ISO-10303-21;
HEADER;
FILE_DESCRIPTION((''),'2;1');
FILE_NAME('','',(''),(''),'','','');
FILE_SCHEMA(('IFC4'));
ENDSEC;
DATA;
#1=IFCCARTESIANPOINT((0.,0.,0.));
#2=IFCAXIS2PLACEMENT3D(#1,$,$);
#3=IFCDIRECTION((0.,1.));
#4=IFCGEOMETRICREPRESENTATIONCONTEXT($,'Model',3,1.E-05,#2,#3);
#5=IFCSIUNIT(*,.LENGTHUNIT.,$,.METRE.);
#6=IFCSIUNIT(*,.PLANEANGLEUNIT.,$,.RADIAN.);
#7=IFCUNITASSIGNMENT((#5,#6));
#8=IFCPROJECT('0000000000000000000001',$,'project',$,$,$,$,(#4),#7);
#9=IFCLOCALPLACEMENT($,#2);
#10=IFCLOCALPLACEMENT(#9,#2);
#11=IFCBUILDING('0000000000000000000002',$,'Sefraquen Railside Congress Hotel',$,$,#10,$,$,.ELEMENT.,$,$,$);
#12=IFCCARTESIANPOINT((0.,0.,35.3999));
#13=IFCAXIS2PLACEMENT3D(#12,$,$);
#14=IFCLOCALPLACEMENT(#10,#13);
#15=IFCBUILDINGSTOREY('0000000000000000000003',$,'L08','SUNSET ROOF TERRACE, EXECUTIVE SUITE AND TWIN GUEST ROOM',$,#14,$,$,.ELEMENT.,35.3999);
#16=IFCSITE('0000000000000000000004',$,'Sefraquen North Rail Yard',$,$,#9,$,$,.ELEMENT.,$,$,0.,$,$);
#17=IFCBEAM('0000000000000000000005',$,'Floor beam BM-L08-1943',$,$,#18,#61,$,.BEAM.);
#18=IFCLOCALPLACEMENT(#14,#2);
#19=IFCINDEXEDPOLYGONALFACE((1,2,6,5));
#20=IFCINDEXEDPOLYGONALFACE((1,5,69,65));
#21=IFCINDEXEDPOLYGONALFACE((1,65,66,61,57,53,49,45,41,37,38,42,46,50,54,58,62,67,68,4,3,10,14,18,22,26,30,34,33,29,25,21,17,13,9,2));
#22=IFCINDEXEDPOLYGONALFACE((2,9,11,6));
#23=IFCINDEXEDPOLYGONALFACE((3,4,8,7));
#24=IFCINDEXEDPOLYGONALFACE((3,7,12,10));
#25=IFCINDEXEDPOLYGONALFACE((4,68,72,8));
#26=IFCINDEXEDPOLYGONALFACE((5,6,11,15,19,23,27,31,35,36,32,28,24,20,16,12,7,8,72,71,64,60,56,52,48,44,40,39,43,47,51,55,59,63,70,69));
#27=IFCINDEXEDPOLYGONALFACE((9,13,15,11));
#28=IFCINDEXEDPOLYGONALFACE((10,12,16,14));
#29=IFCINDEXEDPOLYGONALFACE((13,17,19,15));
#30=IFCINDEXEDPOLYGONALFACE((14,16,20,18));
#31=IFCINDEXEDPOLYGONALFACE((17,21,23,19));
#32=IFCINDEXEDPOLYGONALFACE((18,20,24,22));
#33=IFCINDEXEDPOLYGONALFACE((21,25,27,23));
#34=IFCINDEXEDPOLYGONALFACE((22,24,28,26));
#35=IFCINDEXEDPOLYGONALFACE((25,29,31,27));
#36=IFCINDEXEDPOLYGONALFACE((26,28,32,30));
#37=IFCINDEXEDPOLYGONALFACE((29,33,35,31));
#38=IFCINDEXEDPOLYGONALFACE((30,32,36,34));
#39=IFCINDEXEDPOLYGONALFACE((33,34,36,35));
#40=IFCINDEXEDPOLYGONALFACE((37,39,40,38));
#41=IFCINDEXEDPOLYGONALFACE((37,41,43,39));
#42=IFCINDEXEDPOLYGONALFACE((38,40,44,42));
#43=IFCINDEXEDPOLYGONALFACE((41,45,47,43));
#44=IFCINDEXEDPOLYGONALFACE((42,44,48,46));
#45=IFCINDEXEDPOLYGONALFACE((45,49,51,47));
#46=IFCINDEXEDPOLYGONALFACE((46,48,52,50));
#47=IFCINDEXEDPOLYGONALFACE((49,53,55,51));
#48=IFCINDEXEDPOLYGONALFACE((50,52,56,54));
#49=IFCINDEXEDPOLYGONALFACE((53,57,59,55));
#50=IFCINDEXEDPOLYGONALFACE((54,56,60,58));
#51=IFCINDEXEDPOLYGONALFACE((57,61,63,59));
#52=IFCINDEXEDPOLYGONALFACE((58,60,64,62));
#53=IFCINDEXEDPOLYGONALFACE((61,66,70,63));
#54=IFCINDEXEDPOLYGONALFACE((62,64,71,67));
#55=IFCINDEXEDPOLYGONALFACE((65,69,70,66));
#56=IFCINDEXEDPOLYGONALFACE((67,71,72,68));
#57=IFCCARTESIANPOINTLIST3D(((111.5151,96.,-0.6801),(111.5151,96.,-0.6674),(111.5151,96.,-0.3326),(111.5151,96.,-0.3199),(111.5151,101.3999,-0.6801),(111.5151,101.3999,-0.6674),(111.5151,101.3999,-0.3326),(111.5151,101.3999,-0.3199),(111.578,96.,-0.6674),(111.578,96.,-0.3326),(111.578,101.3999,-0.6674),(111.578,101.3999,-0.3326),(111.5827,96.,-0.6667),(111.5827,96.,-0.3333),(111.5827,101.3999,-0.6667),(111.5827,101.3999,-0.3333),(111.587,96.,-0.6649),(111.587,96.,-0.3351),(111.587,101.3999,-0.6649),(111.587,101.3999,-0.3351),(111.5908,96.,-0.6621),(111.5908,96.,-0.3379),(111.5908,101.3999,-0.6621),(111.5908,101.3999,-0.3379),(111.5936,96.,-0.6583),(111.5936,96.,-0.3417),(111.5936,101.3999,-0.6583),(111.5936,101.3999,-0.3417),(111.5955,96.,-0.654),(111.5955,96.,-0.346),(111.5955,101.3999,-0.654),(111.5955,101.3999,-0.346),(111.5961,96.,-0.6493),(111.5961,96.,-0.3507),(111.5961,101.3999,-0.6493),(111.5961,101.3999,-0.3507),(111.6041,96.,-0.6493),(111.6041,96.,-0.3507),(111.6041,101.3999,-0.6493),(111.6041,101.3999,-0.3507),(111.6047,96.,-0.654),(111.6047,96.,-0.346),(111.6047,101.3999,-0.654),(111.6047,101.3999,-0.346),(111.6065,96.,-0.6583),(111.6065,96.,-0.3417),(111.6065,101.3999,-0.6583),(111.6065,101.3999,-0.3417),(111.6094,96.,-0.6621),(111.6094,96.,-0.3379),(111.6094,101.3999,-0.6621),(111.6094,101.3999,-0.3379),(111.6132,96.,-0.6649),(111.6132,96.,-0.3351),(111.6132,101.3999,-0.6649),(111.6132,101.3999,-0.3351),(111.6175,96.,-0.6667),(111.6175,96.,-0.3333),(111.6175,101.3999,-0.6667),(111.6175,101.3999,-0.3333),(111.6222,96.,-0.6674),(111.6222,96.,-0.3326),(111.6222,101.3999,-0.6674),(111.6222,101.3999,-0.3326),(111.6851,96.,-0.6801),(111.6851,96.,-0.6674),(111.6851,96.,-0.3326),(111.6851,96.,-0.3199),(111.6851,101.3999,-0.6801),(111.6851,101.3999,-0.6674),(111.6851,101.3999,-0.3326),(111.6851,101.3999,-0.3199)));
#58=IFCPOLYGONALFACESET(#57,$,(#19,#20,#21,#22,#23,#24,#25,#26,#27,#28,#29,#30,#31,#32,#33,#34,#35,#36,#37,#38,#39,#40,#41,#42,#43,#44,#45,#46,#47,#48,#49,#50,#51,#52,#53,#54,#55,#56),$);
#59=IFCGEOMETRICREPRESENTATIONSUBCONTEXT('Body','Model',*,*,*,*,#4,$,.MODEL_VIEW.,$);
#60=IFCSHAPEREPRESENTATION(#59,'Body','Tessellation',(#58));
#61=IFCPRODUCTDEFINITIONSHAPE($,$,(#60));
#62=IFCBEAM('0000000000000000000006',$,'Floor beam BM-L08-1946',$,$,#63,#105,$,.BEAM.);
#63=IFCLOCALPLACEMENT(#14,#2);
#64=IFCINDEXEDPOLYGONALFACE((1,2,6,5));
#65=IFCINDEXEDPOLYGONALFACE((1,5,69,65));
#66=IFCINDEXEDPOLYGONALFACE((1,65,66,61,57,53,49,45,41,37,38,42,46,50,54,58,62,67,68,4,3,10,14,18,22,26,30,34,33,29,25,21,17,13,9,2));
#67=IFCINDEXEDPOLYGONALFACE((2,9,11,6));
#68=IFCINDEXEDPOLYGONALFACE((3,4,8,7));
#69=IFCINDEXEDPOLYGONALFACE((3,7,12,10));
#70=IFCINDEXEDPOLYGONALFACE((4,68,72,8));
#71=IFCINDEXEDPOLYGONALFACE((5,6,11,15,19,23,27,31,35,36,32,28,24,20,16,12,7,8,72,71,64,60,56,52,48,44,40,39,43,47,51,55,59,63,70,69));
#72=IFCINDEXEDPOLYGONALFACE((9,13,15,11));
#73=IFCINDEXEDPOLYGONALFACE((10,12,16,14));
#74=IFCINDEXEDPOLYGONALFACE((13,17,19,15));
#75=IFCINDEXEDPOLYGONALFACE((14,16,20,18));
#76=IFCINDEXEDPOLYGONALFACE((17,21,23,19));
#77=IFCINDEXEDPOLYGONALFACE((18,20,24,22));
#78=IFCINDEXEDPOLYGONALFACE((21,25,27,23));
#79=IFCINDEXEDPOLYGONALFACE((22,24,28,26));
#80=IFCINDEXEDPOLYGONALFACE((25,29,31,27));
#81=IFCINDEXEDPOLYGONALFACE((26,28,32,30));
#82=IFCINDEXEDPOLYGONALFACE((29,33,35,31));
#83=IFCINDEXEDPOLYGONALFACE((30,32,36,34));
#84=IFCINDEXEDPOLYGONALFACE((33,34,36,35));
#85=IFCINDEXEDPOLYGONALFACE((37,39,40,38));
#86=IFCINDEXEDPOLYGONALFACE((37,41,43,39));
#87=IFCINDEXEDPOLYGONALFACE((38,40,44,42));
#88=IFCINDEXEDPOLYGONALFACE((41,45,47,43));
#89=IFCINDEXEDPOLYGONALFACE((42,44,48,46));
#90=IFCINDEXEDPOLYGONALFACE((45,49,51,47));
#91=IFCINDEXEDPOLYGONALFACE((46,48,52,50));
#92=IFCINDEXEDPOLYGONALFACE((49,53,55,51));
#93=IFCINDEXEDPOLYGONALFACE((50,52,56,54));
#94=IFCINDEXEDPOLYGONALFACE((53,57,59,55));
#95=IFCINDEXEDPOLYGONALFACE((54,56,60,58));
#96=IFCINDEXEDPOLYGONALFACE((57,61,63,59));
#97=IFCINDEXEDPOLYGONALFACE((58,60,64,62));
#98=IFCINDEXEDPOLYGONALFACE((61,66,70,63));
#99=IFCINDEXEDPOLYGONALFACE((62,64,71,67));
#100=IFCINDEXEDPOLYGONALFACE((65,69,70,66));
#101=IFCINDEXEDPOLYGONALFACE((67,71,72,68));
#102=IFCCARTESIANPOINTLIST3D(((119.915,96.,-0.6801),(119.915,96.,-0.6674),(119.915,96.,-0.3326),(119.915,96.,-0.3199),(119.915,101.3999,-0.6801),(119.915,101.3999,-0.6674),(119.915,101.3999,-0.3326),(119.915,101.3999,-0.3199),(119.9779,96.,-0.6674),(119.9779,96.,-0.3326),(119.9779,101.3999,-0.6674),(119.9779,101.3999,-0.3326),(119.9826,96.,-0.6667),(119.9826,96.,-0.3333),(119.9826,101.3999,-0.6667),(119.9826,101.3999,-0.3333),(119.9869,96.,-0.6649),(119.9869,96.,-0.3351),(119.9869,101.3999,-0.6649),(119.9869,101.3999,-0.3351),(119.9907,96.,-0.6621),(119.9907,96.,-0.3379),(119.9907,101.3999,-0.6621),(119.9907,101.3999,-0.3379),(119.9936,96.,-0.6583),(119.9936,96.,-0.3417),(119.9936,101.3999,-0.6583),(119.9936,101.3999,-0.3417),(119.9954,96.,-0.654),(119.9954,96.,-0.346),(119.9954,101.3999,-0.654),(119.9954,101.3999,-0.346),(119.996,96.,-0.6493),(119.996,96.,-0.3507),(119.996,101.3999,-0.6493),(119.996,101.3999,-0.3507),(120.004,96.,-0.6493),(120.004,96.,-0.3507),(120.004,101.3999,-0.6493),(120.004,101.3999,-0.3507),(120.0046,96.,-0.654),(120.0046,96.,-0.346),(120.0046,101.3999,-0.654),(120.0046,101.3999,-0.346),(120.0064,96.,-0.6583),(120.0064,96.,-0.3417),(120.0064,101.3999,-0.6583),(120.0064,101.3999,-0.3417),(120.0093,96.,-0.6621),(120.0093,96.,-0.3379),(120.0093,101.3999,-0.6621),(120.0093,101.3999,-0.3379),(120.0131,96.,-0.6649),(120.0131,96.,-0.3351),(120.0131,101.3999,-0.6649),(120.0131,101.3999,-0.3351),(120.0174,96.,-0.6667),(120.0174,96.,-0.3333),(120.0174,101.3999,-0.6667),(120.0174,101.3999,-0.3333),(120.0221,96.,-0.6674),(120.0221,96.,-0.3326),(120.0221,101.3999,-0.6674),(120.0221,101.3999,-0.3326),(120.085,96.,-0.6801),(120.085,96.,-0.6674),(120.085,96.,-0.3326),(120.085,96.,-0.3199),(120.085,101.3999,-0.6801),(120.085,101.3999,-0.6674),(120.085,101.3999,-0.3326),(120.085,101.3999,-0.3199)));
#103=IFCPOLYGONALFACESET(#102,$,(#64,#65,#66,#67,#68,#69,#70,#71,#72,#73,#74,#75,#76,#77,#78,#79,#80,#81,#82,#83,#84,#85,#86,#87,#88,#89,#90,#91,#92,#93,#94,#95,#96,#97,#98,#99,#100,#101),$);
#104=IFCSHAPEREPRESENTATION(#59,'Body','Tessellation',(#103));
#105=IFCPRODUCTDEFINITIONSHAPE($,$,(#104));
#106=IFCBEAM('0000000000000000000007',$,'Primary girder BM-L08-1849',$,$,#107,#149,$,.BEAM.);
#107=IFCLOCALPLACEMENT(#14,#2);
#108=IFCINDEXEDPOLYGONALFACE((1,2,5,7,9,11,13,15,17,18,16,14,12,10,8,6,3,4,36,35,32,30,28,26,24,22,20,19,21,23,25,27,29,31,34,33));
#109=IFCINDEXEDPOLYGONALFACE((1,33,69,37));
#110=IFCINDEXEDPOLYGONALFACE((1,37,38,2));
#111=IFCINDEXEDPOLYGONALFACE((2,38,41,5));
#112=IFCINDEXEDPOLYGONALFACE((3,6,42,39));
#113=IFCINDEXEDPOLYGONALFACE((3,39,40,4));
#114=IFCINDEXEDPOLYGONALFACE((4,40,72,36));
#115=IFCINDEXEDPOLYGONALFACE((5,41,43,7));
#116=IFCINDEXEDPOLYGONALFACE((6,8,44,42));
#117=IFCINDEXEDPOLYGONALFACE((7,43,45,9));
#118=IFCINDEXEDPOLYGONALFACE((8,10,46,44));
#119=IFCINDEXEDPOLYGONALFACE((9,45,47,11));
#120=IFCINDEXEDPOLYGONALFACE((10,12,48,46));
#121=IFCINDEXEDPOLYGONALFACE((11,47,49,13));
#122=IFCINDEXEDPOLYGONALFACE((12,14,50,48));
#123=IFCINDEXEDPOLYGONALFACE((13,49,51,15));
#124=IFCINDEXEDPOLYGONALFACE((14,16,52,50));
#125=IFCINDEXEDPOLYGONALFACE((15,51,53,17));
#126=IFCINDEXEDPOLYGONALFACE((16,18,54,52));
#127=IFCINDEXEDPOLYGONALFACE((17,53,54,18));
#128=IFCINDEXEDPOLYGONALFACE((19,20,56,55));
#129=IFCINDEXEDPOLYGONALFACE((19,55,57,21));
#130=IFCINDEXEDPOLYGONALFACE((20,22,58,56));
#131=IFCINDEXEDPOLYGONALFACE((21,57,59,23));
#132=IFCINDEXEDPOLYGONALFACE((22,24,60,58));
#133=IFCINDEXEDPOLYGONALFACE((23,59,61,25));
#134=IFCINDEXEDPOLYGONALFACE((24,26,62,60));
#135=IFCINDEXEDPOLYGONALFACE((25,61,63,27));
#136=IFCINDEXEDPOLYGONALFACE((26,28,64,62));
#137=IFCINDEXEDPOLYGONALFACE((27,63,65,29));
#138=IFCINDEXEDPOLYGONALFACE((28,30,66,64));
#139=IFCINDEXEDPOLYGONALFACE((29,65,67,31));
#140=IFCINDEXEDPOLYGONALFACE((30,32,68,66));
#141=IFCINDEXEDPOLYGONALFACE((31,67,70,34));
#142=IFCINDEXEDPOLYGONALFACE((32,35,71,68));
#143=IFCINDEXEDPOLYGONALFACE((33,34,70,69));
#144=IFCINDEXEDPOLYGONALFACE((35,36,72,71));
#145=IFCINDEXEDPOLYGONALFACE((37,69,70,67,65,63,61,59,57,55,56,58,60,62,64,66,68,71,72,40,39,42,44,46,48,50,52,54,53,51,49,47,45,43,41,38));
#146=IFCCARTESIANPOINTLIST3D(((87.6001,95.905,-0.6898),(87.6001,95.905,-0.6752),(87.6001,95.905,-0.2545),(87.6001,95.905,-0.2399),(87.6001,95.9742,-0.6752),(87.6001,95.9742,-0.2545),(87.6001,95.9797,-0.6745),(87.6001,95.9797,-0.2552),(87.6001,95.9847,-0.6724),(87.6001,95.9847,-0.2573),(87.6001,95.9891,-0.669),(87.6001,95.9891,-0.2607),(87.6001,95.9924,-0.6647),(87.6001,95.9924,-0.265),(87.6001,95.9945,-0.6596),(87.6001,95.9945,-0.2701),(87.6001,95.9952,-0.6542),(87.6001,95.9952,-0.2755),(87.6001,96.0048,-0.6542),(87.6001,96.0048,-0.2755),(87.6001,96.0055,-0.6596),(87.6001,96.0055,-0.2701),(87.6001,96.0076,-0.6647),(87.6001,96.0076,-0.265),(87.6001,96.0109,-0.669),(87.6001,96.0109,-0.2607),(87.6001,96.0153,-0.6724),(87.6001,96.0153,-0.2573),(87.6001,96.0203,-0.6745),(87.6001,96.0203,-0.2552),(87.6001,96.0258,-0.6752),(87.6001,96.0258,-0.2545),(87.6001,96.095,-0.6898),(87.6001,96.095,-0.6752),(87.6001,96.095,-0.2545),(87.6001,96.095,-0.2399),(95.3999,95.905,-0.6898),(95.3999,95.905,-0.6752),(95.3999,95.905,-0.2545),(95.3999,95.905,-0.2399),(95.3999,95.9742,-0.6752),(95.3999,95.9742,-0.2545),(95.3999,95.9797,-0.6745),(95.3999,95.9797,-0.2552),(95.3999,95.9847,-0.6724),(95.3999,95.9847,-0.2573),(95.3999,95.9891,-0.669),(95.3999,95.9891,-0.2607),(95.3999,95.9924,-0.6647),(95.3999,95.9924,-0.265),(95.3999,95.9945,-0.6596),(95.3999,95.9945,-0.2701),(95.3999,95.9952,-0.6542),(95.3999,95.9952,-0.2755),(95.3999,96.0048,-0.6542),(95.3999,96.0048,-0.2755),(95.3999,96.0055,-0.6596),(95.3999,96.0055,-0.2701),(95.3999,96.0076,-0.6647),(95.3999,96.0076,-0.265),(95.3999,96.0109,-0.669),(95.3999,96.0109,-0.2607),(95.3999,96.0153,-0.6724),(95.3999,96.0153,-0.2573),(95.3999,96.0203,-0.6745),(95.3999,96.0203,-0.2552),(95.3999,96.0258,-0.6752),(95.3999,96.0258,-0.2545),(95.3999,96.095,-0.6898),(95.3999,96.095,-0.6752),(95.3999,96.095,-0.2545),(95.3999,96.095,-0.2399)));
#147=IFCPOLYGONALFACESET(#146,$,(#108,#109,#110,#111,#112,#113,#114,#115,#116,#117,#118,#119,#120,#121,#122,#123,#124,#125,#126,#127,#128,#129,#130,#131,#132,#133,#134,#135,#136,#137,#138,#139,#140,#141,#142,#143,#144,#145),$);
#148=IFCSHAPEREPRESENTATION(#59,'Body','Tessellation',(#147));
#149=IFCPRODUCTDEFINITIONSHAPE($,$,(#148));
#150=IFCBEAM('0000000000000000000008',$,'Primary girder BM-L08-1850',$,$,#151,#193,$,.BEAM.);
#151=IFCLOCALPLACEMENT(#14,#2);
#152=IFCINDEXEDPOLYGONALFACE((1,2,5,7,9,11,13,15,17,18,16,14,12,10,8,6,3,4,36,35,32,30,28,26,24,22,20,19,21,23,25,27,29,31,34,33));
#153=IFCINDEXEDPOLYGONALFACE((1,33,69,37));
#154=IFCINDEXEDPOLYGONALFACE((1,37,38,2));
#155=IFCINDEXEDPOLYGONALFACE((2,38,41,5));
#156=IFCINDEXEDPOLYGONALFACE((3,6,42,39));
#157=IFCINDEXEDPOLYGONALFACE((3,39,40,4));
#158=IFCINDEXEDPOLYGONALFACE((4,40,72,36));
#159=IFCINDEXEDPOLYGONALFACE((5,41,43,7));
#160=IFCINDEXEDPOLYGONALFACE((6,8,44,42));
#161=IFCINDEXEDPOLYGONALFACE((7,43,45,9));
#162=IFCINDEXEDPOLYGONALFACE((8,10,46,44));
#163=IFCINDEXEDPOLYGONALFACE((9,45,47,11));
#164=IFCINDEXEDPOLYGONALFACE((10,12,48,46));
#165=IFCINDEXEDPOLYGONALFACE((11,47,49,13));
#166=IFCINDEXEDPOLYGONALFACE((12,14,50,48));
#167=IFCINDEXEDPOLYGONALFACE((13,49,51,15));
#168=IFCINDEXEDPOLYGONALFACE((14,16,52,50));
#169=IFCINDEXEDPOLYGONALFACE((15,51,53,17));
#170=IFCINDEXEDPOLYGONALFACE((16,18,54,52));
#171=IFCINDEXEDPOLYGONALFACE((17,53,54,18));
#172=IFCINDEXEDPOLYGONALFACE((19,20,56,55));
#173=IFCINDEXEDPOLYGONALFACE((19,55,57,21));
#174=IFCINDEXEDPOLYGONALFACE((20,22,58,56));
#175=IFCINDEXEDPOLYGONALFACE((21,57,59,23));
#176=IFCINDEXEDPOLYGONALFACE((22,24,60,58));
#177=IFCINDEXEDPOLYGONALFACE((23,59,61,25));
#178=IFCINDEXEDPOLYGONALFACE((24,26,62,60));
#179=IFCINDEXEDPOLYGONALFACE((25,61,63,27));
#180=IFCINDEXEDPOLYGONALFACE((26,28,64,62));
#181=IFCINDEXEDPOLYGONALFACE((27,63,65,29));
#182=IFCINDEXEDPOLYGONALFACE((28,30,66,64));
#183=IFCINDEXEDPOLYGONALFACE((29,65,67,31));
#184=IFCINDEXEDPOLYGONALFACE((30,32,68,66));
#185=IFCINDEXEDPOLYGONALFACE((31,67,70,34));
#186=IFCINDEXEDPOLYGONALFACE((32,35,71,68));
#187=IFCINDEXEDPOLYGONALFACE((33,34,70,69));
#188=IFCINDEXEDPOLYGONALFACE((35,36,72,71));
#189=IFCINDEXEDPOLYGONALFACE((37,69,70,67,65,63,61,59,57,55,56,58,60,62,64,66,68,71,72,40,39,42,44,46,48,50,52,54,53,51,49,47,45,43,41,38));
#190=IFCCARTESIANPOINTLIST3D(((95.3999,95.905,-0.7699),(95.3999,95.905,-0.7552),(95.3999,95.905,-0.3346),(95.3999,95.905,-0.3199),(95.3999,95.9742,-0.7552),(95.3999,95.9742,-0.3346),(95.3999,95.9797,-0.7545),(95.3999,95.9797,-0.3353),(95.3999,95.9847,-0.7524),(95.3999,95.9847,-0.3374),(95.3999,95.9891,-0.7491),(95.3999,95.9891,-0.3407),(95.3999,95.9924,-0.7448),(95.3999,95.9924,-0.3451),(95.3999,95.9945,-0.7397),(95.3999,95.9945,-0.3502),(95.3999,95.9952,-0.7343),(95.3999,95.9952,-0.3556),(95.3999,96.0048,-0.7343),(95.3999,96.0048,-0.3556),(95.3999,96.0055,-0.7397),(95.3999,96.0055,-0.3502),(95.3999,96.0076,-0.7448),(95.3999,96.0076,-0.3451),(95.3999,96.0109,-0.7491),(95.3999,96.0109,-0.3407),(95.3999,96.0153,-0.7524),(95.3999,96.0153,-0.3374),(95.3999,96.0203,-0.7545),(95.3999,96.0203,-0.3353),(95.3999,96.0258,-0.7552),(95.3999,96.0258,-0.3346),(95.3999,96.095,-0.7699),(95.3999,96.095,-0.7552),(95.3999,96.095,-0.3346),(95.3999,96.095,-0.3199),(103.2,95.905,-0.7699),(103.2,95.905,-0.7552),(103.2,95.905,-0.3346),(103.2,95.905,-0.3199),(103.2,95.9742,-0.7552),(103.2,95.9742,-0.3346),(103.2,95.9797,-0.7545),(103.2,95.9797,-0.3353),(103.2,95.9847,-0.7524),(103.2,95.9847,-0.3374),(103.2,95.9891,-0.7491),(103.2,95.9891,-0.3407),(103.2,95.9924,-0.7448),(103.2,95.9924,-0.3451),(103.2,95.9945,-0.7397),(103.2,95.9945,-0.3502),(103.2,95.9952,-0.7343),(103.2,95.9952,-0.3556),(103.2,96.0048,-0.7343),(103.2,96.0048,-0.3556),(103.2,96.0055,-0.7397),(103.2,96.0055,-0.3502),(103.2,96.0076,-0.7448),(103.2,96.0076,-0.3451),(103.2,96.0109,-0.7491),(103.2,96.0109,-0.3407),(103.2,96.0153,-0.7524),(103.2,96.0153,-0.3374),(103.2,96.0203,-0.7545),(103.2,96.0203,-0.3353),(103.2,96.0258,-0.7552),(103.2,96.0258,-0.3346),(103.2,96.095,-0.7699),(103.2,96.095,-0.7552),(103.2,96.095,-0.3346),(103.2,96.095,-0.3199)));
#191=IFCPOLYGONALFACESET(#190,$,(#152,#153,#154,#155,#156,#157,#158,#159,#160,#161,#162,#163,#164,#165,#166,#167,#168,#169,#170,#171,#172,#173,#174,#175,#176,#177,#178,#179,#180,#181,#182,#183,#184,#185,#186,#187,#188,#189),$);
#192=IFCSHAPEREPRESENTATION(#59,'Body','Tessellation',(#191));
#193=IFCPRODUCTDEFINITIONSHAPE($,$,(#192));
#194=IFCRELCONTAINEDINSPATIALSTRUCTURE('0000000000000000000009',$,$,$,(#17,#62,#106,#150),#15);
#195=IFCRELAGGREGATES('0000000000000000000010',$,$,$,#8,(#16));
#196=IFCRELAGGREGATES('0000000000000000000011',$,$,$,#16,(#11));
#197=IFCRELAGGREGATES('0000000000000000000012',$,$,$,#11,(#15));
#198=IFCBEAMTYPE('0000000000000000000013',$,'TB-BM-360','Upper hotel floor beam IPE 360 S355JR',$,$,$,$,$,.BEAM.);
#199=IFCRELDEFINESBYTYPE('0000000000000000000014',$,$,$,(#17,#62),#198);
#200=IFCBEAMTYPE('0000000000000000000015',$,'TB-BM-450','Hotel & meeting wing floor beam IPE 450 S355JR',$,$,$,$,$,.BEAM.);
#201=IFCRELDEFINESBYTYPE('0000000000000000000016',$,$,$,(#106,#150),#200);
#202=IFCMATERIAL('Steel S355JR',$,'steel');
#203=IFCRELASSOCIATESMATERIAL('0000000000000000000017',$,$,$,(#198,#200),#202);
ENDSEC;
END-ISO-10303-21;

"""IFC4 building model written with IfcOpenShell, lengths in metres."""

from ifc_helpers import new_model, si_unit, direction, frame, origin, origin_2d, place, context, subcontext, project, spatial, i_section, extrude, material, material_profile, profile_set, type_object, element, save


model = new_model("IFC4")

# Units and contexts
model_context = context("Model", 3, precision=1e-05, world=origin(), true_north=direction((0.0, 1.0)))
body_context = subcontext(model_context, "Body", "Model", "MODEL_VIEW")
ifc_project = project(units=[si_unit("LENGTHUNIT", "METRE"), si_unit("PLANEANGLEUNIT", "RADIAN")], contexts=[model_context])

# Site, building, storey
site_placement = place(None, origin())
site = spatial("IfcSite", under=ifc_project, at=site_placement, Name="Sefraquen North Rail Yard", CompositionType="ELEMENT", RefElevation=0.0)
building_placement = place(site_placement, origin())
building = spatial("IfcBuilding", under=site, at=building_placement, Name="Sefraquen Railside Congress Hotel", CompositionType="ELEMENT")
storey_placement = place(building_placement, frame((0.0, 0.0, 35.3999)))
storey = spatial("IfcBuildingStorey", under=building, at=storey_placement, Name="L08", Description="SUNSET ROOF TERRACE, EXECUTIVE SUITE AND TWIN GUEST ROOM", CompositionType="ELEMENT", Elevation=35.3999)

# Shared definitions
ifc_material_1 = material(Name="Steel S355JR", Category="steel")

# Beams
ifc_material_profile_1 = material_profile(ifc_material_1, i_section(OverallWidth=0.1699, OverallDepth=0.3601, WebThickness=0.0081, FlangeThickness=0.0127, FilletRadius=0.0181, at=origin_2d()), Name="IPE 360")
ifc_profile_set_1 = profile_set([ifc_material_profile_1], Name="Steel S355JR")
beam_type_1 = type_object("IfcBeamType", Name="TB-BM-360", Description="Upper hotel floor beam IPE 360 S355JR", PredefinedType="BEAM", material=ifc_profile_set_1)
for number, where, z_axis, x_axis, name in (
    (1, (111.6001, 96.0, -0.5), (0.0, 1.0, 0.0), (-1.0, 0.0, 0.0), "Floor beam BM-L08-1943"),
    (2, (120.0, 96.0, -0.5), (0.0, 1.0, 0.0), (-1.0, 0.0, 0.0), "Floor beam BM-L08-1946"),
):
    element("IfcBeam", number, at=place(storey_placement, frame(where, z_axis=z_axis, x_axis=x_axis)), inside=storey, type_object=beam_type_1, Name=name, PredefinedType="BEAM", context=body_context, shape_type="SweptSolid", body=[
        extrude(i_section(OverallWidth=0.1699, OverallDepth=0.3601, WebThickness=0.0081, FlangeThickness=0.0127, FilletRadius=0.0181, at=origin_2d()), origin(), (0.0, 0.0, 1.0), 5.3999),
    ])
ifc_material_profile_2 = material_profile(ifc_material_1, i_section(OverallWidth=0.1899, OverallDepth=0.45, WebThickness=0.0095, FlangeThickness=0.0146, FilletRadius=0.021, at=origin_2d()), Name="IPE 450")
ifc_profile_set_2 = profile_set([ifc_material_profile_2], Name="Steel S355JR")
beam_type_2 = type_object("IfcBeamType", Name="TB-BM-450", Description="Hotel & meeting wing floor beam IPE 450 S355JR", PredefinedType="BEAM", material=ifc_profile_set_2)
beam_1_placement = place(storey_placement, frame((87.6001, 96.0, -0.4648), z_axis=(1.0, 0.0, 0.0), x_axis=(0.0, 1.0, 0.0)))
element("IfcBeam", 3, at=beam_1_placement, inside=storey, type_object=beam_type_2, Name="Primary girder BM-L08-1849", PredefinedType="BEAM", context=body_context, shape_type="SweptSolid", body=[
    extrude(i_section(OverallWidth=0.1899, OverallDepth=0.45, WebThickness=0.0095, FlangeThickness=0.0146, FilletRadius=0.021, at=origin_2d()), origin(), (0.0, 0.0, 1.0), 7.7998),
])
beam_2_placement = place(storey_placement, frame((95.3999, 96.0, -0.5449), z_axis=(1.0, 0.0, 0.0), x_axis=(0.0, 1.0, 0.0)))
element("IfcBeam", 4, at=beam_2_placement, inside=storey, type_object=beam_type_2, Name="Primary girder BM-L08-1850", PredefinedType="BEAM", context=body_context, shape_type="SweptSolid", body=[
    extrude(i_section(OverallWidth=0.1899, OverallDepth=0.45, WebThickness=0.0095, FlangeThickness=0.0146, FilletRadius=0.021, at=origin_2d()), origin(), (0.0, 0.0, 1.0), 7.8),
])

save(model, "model.ifc")
